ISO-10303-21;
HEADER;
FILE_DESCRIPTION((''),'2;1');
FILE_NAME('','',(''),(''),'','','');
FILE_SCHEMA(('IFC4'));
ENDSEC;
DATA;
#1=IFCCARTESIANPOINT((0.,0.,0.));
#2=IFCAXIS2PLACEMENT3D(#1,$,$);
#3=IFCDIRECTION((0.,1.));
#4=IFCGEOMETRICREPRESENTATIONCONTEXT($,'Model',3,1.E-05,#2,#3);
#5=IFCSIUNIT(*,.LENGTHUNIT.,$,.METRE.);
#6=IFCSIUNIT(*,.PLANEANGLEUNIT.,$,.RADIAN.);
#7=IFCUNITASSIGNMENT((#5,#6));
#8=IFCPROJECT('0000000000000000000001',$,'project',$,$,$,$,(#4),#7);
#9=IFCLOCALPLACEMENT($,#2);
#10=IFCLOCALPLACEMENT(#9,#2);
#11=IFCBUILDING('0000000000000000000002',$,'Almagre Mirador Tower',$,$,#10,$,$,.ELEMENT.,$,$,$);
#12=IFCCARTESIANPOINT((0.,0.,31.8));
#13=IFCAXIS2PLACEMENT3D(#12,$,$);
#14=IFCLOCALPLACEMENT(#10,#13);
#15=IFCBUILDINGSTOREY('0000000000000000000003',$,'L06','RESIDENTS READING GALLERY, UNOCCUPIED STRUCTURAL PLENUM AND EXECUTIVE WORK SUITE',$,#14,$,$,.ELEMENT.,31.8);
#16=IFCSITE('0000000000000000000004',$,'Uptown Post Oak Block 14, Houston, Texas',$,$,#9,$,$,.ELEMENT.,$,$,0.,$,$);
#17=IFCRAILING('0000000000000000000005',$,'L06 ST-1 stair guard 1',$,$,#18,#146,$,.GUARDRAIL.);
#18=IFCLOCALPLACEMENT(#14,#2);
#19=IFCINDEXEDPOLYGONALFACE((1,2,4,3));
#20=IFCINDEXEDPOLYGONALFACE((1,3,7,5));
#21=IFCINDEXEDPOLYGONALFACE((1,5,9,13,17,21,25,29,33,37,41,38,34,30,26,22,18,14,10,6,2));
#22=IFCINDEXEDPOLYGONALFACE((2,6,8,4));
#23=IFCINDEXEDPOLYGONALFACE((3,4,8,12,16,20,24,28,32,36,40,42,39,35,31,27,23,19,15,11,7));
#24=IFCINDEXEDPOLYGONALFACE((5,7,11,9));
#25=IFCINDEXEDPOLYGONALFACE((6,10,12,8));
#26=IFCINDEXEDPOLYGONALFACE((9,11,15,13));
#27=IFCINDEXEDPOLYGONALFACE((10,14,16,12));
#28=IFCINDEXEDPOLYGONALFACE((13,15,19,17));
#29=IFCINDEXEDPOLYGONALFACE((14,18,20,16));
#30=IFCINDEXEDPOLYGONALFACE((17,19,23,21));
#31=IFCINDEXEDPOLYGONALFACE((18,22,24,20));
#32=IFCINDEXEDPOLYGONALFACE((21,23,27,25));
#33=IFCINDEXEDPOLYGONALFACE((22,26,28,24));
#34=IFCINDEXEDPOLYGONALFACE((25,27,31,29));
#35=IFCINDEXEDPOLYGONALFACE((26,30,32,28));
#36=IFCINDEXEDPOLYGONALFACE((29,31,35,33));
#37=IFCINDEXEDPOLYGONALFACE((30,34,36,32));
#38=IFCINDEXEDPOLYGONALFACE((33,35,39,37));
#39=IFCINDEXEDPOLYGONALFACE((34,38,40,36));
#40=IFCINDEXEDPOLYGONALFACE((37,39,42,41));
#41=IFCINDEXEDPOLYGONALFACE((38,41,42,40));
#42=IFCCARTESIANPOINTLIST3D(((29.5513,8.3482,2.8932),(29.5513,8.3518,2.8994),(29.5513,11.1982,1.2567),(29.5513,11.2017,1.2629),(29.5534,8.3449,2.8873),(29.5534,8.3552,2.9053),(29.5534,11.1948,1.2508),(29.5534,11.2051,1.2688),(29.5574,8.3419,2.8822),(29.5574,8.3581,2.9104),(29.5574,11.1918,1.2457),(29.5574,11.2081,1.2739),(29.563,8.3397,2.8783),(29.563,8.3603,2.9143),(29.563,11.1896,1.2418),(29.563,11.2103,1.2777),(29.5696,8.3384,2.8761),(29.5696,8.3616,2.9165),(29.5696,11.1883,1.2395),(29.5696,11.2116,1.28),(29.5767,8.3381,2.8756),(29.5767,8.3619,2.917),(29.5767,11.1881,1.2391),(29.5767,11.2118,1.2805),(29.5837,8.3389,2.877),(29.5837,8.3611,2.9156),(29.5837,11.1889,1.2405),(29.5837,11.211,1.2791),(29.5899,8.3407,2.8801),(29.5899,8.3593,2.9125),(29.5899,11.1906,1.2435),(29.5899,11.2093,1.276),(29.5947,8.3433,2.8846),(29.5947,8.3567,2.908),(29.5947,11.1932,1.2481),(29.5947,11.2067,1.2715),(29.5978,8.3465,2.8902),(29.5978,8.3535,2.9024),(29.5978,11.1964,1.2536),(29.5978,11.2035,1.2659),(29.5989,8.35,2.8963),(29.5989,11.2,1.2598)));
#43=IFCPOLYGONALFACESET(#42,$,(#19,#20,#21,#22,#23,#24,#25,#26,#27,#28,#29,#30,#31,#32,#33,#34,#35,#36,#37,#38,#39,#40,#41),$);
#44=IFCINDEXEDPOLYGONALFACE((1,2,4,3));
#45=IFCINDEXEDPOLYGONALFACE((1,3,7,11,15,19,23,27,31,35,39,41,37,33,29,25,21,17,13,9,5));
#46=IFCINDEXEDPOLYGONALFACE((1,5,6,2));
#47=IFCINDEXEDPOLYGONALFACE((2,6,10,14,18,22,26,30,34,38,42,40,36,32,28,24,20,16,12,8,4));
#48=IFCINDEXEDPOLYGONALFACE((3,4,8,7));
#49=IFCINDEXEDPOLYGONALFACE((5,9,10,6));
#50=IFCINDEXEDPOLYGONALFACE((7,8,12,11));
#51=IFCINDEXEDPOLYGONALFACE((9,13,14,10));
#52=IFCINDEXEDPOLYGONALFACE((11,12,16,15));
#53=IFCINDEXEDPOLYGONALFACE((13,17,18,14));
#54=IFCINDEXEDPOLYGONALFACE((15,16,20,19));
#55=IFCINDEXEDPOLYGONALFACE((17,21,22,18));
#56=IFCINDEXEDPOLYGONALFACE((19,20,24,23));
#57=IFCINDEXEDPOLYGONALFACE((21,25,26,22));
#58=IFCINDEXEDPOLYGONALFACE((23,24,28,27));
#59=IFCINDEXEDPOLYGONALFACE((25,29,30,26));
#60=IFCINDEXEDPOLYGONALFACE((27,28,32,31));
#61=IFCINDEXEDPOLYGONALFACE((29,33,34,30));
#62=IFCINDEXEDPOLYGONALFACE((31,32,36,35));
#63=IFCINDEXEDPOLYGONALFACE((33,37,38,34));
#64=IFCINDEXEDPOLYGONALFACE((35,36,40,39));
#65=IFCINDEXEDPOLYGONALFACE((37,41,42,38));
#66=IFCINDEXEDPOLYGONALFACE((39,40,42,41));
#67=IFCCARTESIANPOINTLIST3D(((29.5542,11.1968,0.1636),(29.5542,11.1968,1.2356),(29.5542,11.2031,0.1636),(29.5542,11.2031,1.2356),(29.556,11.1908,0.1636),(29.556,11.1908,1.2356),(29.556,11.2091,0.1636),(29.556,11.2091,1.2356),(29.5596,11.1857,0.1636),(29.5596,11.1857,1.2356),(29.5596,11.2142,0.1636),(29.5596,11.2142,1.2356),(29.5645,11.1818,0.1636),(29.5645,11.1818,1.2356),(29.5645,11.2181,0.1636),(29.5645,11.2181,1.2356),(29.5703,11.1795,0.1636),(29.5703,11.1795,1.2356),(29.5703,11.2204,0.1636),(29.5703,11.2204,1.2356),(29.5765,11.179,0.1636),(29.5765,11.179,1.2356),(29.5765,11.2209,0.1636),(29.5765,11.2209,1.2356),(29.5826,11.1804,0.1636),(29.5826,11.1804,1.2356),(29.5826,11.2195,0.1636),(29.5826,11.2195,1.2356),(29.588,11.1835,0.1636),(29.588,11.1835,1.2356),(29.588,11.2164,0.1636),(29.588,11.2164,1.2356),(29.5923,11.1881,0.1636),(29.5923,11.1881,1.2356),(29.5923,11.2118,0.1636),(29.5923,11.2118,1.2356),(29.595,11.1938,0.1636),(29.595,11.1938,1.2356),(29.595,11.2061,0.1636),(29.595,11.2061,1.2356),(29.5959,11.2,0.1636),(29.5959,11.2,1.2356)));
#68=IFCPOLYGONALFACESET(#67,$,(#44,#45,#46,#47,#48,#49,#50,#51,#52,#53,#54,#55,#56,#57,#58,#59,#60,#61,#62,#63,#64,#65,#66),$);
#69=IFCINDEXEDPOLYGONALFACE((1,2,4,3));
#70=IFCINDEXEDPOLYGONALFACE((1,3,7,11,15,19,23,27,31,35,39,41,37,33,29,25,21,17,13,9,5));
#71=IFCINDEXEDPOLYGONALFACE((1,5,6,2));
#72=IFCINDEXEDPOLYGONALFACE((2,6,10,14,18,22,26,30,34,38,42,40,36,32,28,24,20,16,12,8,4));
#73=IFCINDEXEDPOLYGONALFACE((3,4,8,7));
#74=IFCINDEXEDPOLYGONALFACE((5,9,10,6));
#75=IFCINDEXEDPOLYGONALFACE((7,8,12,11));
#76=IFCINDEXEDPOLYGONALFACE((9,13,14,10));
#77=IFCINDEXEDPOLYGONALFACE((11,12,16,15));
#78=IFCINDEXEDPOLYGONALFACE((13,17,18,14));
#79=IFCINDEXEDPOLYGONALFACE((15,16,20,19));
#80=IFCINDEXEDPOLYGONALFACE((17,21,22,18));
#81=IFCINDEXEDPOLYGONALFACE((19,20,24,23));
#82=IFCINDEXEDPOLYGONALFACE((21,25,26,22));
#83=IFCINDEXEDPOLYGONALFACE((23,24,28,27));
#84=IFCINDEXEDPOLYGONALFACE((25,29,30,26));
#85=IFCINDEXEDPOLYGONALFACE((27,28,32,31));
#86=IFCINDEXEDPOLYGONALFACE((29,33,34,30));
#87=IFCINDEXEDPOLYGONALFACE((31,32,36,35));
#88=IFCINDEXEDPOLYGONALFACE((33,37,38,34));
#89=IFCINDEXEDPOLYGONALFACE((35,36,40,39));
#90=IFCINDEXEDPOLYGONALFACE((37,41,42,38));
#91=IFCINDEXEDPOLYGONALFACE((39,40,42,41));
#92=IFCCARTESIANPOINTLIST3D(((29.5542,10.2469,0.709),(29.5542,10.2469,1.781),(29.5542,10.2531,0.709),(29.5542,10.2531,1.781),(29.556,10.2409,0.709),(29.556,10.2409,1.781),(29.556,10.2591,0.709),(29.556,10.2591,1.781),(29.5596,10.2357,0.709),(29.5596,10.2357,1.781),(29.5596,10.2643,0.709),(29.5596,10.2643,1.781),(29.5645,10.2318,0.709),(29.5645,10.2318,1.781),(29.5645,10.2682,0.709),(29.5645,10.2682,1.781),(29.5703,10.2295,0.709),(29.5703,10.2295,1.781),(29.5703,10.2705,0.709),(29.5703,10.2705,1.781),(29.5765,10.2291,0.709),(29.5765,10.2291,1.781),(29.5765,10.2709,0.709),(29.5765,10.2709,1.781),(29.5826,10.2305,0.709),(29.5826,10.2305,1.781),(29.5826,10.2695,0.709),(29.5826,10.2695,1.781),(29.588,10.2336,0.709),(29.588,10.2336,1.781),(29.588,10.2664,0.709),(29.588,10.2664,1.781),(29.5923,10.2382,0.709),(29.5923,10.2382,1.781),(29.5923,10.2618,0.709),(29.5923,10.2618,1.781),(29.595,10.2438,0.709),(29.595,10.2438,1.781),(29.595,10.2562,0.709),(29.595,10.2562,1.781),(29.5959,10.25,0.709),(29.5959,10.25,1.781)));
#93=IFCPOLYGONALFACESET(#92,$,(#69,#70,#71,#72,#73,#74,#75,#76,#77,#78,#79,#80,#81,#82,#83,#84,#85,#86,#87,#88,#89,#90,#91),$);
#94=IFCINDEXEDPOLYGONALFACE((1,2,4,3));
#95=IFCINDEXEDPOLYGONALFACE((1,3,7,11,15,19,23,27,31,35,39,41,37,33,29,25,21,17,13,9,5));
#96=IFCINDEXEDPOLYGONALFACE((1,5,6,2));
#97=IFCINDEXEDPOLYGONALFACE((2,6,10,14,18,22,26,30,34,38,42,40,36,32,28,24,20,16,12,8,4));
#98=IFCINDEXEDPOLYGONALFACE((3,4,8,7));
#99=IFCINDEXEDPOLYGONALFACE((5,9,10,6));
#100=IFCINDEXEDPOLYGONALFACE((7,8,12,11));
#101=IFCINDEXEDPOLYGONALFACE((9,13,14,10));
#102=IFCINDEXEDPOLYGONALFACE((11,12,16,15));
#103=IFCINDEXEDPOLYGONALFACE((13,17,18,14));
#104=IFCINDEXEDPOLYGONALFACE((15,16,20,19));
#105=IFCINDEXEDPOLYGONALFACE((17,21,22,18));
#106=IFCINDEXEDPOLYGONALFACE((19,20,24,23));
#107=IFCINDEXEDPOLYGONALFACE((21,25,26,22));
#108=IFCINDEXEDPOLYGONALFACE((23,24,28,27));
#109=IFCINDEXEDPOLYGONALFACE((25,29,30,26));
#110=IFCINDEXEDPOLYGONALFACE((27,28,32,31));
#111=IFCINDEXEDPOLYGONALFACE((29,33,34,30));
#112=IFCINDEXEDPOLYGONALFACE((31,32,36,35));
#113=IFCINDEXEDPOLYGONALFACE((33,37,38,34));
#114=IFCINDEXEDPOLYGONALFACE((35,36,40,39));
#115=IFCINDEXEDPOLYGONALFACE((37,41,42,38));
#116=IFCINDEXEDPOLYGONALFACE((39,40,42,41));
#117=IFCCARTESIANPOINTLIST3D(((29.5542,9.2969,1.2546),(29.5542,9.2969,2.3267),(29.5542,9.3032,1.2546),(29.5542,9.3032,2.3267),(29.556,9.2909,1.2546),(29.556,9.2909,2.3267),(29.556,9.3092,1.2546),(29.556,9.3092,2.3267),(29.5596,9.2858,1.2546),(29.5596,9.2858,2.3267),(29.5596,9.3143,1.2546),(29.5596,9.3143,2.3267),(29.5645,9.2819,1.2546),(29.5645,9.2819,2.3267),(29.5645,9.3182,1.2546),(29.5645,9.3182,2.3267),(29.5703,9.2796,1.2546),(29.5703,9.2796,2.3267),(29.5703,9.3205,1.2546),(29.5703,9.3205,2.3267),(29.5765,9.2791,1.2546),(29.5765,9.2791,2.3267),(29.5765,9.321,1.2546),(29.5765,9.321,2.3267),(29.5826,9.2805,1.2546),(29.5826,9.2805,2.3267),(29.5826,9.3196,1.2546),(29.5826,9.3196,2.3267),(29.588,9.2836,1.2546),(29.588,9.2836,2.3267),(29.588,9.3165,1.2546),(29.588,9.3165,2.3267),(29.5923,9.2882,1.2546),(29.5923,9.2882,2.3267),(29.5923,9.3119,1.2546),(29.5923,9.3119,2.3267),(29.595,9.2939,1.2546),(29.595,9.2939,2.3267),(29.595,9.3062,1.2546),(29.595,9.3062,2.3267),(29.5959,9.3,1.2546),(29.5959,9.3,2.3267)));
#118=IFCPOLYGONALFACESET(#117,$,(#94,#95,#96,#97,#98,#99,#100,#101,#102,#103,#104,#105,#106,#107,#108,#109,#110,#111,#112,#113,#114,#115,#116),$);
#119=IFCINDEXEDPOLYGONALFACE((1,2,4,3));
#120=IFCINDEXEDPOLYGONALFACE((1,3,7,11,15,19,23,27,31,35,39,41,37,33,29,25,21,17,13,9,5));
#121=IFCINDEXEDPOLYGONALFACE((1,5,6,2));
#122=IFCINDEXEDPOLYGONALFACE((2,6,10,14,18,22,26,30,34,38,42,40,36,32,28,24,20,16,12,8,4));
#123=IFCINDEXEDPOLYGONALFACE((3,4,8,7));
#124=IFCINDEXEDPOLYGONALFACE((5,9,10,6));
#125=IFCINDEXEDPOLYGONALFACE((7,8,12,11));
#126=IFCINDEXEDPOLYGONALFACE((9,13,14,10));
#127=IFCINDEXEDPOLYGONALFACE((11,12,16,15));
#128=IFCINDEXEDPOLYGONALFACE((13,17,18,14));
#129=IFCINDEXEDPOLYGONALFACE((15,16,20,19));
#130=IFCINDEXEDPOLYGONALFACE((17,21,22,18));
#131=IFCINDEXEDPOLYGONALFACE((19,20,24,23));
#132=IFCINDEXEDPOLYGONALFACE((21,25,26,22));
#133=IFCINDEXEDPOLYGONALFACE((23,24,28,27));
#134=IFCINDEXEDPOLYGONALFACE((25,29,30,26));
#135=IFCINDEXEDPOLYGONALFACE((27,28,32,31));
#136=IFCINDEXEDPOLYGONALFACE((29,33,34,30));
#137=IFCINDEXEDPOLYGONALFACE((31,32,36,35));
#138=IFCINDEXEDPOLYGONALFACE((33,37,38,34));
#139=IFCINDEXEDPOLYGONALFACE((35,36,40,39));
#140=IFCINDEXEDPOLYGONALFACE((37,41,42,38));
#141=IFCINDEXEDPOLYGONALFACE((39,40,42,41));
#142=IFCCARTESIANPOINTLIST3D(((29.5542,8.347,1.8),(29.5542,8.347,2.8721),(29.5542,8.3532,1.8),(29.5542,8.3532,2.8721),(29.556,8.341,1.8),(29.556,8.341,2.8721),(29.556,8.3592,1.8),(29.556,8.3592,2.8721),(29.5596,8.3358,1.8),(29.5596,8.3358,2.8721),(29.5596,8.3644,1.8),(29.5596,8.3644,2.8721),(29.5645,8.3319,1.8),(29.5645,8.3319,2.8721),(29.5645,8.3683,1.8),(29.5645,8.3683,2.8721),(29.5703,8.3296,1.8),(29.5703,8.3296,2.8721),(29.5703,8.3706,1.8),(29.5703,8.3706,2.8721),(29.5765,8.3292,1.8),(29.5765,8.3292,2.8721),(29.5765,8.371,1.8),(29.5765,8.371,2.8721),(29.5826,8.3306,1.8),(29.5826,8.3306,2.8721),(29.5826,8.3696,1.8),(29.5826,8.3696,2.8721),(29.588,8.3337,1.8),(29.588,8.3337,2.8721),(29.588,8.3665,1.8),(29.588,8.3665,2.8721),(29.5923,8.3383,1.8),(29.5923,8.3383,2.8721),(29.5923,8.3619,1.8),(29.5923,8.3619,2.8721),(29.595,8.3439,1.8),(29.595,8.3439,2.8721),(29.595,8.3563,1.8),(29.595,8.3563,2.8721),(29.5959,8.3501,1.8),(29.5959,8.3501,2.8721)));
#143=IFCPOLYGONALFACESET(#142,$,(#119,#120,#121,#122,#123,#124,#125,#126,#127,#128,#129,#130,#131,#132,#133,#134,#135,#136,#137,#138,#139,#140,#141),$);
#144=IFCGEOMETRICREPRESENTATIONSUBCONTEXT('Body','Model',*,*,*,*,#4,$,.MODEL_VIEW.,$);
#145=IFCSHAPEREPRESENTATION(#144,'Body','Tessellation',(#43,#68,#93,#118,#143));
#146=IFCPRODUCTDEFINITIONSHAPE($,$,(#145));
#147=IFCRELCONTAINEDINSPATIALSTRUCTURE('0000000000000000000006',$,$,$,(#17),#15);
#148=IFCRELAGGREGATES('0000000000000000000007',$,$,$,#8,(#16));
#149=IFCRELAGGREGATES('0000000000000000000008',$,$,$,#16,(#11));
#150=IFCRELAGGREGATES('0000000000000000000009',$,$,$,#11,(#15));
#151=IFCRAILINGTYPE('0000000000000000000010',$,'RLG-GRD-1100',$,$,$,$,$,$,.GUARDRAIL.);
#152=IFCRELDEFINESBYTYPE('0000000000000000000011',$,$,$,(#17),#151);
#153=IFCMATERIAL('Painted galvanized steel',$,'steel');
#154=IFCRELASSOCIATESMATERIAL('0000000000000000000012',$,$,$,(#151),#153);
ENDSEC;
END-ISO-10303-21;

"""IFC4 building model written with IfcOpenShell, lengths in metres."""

from ifc_helpers import new_model, si_unit, direction, frame, origin, origin_2d, place, context, subcontext, project, spatial, circle, extrude, material, type_object, element, save


model = new_model("IFC4")

# Units and contexts
model_context = context("Model", 3, precision=1e-05, world=origin(), true_north=direction((0.0, 1.0)))
body_context = subcontext(model_context, "Body", "Model", "MODEL_VIEW")
ifc_project = project(units=[si_unit("LENGTHUNIT", "METRE"), si_unit("PLANEANGLEUNIT", "RADIAN")], contexts=[model_context])

# Site, building, storey
site_placement = place(None, origin())
site = spatial("IfcSite", under=ifc_project, at=site_placement, Name="Uptown Post Oak Block 14, Houston, Texas", CompositionType="ELEMENT", RefElevation=0.0)
building_placement = place(site_placement, origin())
building = spatial("IfcBuilding", under=site, at=building_placement, Name="Almagre Mirador Tower", CompositionType="ELEMENT")
storey_placement = place(building_placement, frame((0.0, 0.0, 31.8)))
storey = spatial("IfcBuildingStorey", under=building, at=storey_placement, Name="L06", Description="RESIDENTS READING GALLERY, UNOCCUPIED STRUCTURAL PLENUM AND EXECUTIVE WORK SUITE", CompositionType="ELEMENT", Elevation=31.8)

# Railing
ifc_material_1 = material(Name="Painted galvanized steel", Category="steel")
railing_type_1 = type_object("IfcRailingType", Name="RLG-GRD-1100", PredefinedType="GUARDRAIL", material=ifc_material_1)
railing_1_placement = place(storey_placement, frame((29.575, 11.2, 0.1636)))
element("IfcRailing", 1, at=railing_1_placement, inside=storey, type_object=railing_type_1, Name="L06 ST-1 stair guard 1", PredefinedType="GUARDRAIL", context=body_context, shape_type="SweptSolid", body=[
    extrude(circle(Radius=0.0239, at=origin_2d()), frame((0.0, 0.0, 1.0962), z_axis=(0.0, -0.867194, 0.49797), x_axis=(1.0, 0.0, 0.0)), (0.0, 0.0, 1.0), 3.2864),
    extrude(circle(Radius=0.021, at=origin_2d()), origin(), (0.0, 0.0, 1.0), 1.072),
    extrude(circle(Radius=0.021, at=origin_2d()), frame((0.0, -0.95, 0.5454)), (0.0, 0.0, 1.0), 1.072),
    extrude(circle(Radius=0.021, at=origin_2d()), frame((0.0, -1.8999, 1.0911)), (0.0, 0.0, 1.0), 1.072),
    extrude(circle(Radius=0.021, at=origin_2d()), frame((0.0, -2.8499, 1.6365)), (0.0, 0.0, 1.0), 1.072),
])

save(model, "model.ifc")
